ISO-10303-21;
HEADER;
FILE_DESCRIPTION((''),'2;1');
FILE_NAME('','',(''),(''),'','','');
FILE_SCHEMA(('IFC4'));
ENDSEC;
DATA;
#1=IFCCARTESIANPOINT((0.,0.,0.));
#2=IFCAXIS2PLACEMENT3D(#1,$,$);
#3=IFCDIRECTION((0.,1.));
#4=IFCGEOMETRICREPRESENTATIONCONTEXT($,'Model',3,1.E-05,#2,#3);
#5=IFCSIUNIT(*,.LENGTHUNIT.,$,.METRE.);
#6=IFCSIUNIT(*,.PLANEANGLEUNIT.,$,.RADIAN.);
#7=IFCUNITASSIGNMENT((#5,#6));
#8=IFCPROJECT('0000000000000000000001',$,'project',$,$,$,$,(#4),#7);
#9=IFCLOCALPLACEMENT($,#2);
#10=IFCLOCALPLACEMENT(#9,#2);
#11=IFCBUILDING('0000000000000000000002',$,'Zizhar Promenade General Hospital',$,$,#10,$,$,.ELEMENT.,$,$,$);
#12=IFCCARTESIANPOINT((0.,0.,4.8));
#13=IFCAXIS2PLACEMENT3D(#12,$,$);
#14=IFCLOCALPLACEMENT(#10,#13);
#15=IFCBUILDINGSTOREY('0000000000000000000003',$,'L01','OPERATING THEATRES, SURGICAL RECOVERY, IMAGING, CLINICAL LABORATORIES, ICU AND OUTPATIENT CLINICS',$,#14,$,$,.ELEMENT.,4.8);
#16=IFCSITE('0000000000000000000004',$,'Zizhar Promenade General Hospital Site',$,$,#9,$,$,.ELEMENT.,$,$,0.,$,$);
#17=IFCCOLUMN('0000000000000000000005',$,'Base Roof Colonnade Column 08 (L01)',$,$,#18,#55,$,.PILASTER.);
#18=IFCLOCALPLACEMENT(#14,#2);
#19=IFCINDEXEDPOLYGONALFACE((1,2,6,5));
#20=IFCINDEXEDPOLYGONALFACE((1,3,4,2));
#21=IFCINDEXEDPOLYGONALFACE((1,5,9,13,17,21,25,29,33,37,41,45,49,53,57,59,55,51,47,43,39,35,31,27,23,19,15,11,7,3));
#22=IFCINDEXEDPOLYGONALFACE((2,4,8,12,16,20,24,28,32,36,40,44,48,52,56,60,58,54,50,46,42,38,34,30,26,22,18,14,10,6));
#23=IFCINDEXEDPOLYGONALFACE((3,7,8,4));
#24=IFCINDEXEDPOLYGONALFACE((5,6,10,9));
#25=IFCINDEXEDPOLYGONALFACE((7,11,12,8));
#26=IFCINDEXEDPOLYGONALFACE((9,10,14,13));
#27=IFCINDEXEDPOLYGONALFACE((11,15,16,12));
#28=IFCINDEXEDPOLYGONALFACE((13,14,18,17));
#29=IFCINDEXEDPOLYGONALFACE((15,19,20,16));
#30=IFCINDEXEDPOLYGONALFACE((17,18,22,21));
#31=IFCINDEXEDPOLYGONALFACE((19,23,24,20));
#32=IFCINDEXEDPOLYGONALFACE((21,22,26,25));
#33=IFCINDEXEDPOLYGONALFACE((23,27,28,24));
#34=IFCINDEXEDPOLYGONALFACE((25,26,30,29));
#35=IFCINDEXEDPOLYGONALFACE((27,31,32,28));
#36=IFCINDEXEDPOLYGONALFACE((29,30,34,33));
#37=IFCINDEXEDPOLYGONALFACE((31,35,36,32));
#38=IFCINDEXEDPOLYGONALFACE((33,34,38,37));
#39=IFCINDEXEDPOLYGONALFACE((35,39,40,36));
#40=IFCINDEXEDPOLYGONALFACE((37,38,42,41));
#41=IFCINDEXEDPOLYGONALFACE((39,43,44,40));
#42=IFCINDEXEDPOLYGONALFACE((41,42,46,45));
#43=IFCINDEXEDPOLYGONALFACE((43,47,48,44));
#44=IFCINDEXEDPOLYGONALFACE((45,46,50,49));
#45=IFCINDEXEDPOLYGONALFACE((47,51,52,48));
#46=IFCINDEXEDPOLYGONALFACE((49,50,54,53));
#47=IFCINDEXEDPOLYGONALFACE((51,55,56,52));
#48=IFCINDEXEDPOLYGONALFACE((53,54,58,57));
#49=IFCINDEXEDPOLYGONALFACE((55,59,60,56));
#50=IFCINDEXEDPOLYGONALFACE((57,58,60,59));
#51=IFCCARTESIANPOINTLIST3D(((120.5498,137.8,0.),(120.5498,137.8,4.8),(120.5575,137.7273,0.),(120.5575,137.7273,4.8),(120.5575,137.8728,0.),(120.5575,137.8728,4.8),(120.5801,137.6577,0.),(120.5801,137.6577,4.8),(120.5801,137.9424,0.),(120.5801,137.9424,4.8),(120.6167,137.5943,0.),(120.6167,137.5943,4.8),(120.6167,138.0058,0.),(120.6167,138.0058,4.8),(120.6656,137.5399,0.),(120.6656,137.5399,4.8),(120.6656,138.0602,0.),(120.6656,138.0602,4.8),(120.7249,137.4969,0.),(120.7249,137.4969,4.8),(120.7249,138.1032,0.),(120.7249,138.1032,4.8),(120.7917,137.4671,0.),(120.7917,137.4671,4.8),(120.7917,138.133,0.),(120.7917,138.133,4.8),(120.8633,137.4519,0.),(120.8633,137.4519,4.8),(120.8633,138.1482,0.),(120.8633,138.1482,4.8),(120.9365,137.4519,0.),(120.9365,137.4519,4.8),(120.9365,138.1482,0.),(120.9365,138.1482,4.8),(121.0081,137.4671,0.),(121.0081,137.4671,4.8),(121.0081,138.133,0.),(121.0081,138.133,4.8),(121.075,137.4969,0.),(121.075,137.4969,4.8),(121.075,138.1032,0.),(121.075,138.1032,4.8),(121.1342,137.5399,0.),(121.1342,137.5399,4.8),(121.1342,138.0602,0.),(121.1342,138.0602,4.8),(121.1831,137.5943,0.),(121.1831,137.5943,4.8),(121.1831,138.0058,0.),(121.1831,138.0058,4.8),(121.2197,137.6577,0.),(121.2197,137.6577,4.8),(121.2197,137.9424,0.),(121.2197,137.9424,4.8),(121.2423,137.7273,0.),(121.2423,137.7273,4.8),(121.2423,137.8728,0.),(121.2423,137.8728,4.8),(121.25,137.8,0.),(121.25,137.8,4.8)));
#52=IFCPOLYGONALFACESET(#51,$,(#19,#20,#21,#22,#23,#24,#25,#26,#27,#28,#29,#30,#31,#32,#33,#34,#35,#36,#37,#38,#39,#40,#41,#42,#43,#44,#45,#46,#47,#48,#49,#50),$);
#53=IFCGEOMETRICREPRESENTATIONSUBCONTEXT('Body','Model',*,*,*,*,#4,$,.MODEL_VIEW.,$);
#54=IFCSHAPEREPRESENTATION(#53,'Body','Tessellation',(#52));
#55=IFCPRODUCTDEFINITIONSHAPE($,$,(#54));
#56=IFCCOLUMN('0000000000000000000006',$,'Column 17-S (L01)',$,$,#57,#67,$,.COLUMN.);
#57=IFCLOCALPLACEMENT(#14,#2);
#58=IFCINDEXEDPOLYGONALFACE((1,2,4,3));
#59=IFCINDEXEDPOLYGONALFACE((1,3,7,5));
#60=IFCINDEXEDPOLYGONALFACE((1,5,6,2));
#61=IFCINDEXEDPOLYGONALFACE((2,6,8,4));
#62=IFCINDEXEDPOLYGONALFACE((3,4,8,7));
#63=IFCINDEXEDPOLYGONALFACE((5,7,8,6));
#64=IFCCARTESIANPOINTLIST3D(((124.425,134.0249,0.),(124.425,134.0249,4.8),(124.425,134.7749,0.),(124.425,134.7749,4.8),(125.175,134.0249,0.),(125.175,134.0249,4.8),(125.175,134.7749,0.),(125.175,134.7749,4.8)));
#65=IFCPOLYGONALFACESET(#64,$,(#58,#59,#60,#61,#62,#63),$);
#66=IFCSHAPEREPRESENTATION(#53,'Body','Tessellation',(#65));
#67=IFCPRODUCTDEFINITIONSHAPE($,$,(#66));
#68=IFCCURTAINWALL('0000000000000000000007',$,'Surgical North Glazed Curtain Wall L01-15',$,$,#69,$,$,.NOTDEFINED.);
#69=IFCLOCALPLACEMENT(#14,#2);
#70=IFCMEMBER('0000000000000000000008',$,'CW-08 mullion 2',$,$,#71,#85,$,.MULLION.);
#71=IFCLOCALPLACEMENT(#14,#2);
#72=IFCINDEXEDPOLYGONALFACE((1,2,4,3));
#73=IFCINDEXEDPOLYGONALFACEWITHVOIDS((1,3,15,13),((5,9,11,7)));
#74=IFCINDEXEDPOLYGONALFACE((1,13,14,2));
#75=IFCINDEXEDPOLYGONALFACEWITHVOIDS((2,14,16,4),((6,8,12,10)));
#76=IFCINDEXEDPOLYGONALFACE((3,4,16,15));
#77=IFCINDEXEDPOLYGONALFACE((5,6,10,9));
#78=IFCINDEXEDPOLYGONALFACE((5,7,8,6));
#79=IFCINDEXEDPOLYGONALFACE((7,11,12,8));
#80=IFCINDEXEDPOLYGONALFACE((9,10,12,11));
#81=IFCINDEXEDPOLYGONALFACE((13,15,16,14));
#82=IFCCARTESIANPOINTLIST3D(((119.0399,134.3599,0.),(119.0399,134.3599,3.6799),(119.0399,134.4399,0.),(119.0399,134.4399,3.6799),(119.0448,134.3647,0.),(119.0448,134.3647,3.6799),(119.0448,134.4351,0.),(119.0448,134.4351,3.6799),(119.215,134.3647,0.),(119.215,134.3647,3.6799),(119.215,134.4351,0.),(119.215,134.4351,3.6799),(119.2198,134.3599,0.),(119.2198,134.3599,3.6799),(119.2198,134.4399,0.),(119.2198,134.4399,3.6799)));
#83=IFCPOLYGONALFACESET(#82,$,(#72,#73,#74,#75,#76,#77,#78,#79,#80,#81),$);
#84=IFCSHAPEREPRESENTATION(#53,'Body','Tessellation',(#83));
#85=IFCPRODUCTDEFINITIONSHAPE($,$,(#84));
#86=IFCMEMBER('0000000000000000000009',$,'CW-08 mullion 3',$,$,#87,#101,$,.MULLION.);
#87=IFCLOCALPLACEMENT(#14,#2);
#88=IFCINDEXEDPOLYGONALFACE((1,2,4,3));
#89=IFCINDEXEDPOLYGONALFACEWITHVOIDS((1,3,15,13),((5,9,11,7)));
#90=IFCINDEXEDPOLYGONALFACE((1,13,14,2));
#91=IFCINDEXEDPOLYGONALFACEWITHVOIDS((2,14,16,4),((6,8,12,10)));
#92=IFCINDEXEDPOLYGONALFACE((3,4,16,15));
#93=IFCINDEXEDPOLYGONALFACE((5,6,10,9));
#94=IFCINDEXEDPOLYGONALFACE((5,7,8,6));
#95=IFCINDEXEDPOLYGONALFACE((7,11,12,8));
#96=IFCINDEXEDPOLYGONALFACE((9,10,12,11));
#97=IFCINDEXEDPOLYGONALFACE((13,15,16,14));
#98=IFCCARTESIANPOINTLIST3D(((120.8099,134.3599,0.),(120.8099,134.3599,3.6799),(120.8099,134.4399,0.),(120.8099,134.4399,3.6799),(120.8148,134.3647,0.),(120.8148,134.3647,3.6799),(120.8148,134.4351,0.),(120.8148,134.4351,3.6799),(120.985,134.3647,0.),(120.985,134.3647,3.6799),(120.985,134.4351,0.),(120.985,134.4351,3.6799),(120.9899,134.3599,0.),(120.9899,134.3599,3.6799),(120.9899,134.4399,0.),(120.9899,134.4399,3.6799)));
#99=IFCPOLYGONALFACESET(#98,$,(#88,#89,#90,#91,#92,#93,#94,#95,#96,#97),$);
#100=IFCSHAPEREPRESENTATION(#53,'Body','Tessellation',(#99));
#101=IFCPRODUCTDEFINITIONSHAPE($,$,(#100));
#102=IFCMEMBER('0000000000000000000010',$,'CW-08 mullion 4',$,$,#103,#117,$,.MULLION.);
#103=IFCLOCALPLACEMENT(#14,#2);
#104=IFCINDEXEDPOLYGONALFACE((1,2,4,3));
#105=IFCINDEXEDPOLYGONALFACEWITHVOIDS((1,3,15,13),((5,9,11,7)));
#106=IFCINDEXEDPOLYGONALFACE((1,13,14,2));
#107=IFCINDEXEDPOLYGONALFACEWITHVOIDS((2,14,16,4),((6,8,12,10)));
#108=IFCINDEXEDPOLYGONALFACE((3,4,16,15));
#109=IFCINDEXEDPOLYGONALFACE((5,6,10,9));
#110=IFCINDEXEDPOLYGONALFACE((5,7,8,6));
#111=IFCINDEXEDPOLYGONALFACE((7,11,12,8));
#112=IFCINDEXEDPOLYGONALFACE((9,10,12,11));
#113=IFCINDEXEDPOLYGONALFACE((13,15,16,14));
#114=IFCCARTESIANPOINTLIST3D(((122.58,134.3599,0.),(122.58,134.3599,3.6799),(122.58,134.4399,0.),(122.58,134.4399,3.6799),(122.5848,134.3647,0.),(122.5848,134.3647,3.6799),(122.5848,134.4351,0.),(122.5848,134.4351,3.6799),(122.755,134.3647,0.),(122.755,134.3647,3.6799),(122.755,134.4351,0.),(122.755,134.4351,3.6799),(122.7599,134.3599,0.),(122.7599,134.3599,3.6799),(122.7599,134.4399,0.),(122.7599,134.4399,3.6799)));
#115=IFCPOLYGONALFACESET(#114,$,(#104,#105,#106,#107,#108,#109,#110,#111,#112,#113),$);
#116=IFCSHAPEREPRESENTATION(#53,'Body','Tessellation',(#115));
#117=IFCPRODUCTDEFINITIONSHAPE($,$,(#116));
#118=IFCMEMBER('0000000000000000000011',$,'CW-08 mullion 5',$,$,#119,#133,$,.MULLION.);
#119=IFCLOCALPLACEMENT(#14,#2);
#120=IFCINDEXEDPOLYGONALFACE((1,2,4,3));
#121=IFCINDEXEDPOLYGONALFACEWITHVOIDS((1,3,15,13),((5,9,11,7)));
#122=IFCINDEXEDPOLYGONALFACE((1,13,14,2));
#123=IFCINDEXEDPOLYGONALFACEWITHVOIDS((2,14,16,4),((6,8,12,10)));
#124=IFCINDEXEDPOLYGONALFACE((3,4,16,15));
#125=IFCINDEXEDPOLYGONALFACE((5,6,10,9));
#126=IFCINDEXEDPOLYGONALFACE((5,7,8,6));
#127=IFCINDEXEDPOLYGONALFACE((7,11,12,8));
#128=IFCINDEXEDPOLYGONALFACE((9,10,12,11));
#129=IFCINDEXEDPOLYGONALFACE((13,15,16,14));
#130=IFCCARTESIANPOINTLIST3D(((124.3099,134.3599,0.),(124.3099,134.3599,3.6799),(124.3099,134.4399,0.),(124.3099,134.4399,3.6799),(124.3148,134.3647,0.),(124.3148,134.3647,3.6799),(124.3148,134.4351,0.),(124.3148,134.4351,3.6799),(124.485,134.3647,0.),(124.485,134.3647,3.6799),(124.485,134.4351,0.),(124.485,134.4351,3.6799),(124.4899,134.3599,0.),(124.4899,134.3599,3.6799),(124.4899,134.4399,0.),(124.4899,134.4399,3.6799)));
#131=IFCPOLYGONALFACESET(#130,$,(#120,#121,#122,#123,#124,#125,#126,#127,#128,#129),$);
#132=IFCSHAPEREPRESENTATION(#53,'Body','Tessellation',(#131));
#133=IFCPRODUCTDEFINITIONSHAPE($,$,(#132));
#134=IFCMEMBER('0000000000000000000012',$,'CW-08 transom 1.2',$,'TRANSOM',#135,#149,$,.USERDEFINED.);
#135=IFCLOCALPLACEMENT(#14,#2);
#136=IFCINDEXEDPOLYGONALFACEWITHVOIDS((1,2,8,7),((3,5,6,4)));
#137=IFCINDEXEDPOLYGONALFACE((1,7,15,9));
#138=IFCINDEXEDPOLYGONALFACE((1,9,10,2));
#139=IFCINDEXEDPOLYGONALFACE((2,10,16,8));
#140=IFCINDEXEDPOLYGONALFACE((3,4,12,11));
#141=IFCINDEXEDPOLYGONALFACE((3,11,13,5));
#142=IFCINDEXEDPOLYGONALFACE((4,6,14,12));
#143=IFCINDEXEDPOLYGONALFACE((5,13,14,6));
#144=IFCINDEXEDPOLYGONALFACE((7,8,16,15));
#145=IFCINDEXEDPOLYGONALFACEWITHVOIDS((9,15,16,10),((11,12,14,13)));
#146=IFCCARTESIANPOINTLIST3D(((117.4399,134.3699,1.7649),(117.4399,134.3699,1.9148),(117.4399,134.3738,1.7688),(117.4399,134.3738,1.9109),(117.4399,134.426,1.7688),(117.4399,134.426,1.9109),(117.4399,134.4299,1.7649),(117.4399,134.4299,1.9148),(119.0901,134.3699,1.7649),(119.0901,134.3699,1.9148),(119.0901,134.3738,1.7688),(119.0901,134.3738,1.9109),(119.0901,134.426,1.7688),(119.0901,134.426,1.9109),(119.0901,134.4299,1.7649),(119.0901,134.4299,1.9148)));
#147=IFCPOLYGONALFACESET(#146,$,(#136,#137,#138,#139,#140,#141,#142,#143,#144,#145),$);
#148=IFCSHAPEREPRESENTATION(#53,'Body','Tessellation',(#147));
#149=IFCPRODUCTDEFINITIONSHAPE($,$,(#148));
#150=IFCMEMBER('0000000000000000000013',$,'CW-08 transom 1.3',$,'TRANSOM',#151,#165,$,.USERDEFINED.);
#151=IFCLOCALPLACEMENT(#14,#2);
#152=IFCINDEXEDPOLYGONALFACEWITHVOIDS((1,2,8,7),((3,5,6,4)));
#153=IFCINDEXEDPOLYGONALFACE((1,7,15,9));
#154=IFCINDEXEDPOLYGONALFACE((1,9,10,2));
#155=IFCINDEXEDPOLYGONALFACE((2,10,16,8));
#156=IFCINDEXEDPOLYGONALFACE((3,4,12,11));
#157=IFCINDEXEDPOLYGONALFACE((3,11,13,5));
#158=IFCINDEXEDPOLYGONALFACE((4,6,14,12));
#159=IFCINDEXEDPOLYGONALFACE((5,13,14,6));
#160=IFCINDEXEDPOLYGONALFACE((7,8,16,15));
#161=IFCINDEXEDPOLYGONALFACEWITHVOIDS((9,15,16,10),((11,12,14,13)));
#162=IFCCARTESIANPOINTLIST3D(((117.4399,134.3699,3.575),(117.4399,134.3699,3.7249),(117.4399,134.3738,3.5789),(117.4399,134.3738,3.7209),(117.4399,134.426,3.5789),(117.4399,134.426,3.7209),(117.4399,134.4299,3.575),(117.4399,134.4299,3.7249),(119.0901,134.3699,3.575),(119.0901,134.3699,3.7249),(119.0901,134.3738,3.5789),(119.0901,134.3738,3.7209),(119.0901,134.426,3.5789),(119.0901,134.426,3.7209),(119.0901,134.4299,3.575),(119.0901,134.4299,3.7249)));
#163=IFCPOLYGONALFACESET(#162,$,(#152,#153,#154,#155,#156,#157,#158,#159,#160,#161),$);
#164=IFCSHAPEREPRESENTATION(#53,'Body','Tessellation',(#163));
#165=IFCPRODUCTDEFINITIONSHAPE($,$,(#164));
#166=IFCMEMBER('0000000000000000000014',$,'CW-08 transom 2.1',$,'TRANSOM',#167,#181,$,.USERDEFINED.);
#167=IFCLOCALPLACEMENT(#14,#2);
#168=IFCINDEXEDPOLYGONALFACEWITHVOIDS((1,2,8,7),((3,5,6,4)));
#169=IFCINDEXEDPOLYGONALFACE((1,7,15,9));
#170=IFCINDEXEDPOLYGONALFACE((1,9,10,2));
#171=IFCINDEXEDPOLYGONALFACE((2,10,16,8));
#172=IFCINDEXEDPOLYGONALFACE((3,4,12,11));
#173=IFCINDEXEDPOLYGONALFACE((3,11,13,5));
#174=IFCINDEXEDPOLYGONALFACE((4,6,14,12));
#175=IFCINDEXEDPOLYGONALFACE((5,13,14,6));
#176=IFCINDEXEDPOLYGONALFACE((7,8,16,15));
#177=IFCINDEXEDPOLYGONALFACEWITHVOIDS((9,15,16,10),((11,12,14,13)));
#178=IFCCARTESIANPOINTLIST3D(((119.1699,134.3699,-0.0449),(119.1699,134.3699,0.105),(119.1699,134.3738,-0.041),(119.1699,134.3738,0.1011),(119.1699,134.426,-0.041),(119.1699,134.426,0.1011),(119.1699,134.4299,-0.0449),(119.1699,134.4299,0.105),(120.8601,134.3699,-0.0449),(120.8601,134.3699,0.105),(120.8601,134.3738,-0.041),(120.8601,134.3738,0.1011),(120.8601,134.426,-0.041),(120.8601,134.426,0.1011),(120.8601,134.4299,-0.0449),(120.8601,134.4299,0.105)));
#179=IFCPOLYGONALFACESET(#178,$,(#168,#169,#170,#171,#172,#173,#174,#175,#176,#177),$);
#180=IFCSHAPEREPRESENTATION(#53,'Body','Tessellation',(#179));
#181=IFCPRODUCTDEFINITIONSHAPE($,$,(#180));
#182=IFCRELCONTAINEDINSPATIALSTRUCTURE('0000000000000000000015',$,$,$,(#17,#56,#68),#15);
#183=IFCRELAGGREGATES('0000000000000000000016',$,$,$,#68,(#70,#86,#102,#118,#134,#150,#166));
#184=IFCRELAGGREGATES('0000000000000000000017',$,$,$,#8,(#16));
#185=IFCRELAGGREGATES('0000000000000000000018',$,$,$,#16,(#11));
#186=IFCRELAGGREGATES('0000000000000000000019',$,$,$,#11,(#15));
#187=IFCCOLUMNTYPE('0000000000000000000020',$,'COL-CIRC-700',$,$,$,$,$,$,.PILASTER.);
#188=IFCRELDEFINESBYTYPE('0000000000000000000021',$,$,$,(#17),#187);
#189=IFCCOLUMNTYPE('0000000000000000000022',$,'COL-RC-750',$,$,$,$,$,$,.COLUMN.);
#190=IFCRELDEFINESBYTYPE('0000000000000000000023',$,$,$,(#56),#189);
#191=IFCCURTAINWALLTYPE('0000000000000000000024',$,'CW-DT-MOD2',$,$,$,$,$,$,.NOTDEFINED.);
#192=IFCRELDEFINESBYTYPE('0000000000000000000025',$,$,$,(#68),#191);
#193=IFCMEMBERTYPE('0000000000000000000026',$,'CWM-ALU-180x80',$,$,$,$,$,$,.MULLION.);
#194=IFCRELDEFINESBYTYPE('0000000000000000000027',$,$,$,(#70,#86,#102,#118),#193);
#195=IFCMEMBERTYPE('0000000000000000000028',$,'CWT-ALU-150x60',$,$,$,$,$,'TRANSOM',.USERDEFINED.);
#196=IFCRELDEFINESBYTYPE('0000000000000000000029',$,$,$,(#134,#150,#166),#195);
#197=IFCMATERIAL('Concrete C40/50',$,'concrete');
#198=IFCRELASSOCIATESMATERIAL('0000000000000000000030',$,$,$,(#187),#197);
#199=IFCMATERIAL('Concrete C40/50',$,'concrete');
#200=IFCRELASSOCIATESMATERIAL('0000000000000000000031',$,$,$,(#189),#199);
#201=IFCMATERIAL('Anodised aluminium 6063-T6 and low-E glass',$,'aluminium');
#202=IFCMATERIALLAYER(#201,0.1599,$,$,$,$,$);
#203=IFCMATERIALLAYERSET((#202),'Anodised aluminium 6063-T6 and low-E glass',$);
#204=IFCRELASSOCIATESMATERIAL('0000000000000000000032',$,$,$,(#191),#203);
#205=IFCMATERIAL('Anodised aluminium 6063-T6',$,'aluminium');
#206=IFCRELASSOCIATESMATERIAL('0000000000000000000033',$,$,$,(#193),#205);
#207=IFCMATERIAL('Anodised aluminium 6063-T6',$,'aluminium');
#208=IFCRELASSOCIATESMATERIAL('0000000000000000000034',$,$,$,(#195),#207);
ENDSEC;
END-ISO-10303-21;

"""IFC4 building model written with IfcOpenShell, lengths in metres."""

from ifc_helpers import new_model, si_unit, direction, frame, origin, origin_2d, place, context, subcontext, project, spatial, rectangle, hollow_rectangle, circle, extrude, material, layer, layer_set, material_profile, profile_set, type_object, element, aggregate, save


model = new_model("IFC4")

# Units and contexts
model_context = context("Model", 3, precision=1e-05, world=origin(), true_north=direction((0.0, 1.0)))
body_context = subcontext(model_context, "Body", "Model", "MODEL_VIEW")
ifc_project = project(units=[si_unit("LENGTHUNIT", "METRE"), si_unit("PLANEANGLEUNIT", "RADIAN")], contexts=[model_context])

# Site, building, storey
site_placement = place(None, origin())
site = spatial("IfcSite", under=ifc_project, at=site_placement, Name="Zizhar Promenade General Hospital Site", CompositionType="ELEMENT", RefElevation=0.0)
building_placement = place(site_placement, origin())
building = spatial("IfcBuilding", under=site, at=building_placement, Name="Zizhar Promenade General Hospital", CompositionType="ELEMENT")
storey_placement = place(building_placement, frame((0.0, 0.0, 4.8)))
storey = spatial("IfcBuildingStorey", under=building, at=storey_placement, Name="L01", Description="OPERATING THEATRES, SURGICAL RECOVERY, IMAGING, CLINICAL LABORATORIES, ICU AND OUTPATIENT CLINICS", CompositionType="ELEMENT", Elevation=4.8)

# Columns
ifc_material_1 = material(Name="Concrete C40/50", Category="concrete")
ifc_material_profile_1 = material_profile(ifc_material_1, circle(Radius=0.3501, at=origin_2d()))
ifc_profile_set_1 = profile_set([ifc_material_profile_1], Name="Concrete C40/50")
column_type_1 = type_object("IfcColumnType", Name="COL-CIRC-700", PredefinedType="PILASTER", material=ifc_profile_set_1)
column_1_placement = place(storey_placement, frame((120.8999, 137.8, 0.0), z_axis=(0.0, 0.0, 1.0), x_axis=(1.0, 0.0, 0.0)))
element("IfcColumn", 1, at=column_1_placement, inside=storey, type_object=column_type_1, Name="Base Roof Colonnade Column 08 (L01)", PredefinedType="PILASTER", context=body_context, shape_type="SweptSolid", body=[
    extrude(circle(Radius=0.3501, at=origin_2d()), origin(), (0.0, 0.0, 1.0), 4.8),
])
ifc_material_2 = material(Name="Concrete C40/50", Category="concrete")
ifc_material_profile_2 = material_profile(ifc_material_2, rectangle(XDim=0.75, YDim=0.75, at=origin_2d()))
ifc_profile_set_2 = profile_set([ifc_material_profile_2], Name="Concrete C40/50")
column_type_2 = type_object("IfcColumnType", Name="COL-RC-750", PredefinedType="COLUMN", material=ifc_profile_set_2)
column_2_placement = place(storey_placement, frame((124.8, 134.3999, 0.0), z_axis=(0.0, 0.0, 1.0), x_axis=(1.0, 0.0, 0.0)))
element("IfcColumn", 2, at=column_2_placement, inside=storey, type_object=column_type_2, Name="Column 17-S (L01)", PredefinedType="COLUMN", context=body_context, shape_type="SweptSolid", body=[
    extrude(rectangle(XDim=0.75, YDim=0.75, at=origin_2d()), origin(), (0.0, 0.0, 1.0), 4.8),
])

# Curtain wall, members
ifc_material_3 = material(Name="Anodised aluminium 6063-T6 and low-E glass", Category="aluminium")
ifc_layer_1 = layer(ifc_material_3, 0.1599)
ifc_layer_set_1 = layer_set([ifc_layer_1], Name="Anodised aluminium 6063-T6 and low-E glass")
curtain_wall_type = type_object("IfcCurtainWallType", Name="CW-DT-MOD2", PredefinedType="NOTDEFINED", material=ifc_layer_set_1)
curtain_wall_placement = place(storey_placement, origin())
curtain_wall = element("IfcCurtainWall", 3, at=curtain_wall_placement, inside=storey, type_object=curtain_wall_type, Name="Surgical North Glazed Curtain Wall L01-15", PredefinedType="NOTDEFINED")
ifc_material_4 = material(Name="Anodised aluminium 6063-T6", Category="aluminium")
ifc_material_profile_3 = material_profile(ifc_material_4, hollow_rectangle(XDim=0.0801, YDim=0.1799, WallThickness=0.0049, at=origin_2d()))
ifc_profile_set_3 = profile_set([ifc_material_profile_3], Name="Anodised aluminium 6063-T6")
member_type_1 = type_object("IfcMemberType", Name="CWM-ALU-180x80", PredefinedType="MULLION", material=ifc_profile_set_3)
member_1_placement = place(storey_placement, frame((119.1299, 134.3999, 0.0), z_axis=(0.0, 0.0, 1.0), x_axis=(0.0, 1.0, 0.0)))
member_1 = element("IfcMember", 4, at=member_1_placement, type_object=member_type_1, Name="CW-08 mullion 2", PredefinedType="MULLION", context=body_context, shape_type="SweptSolid", body=[
    extrude(hollow_rectangle(XDim=0.0801, YDim=0.1799, WallThickness=0.0049, at=origin_2d()), origin(), (0.0, 0.0, 1.0), 3.6799),
])
member_2_placement = place(storey_placement, frame((120.8999, 134.3999, 0.0), z_axis=(0.0, 0.0, 1.0), x_axis=(0.0, 1.0, 0.0)))
member_2 = element("IfcMember", 5, at=member_2_placement, type_object=member_type_1, Name="CW-08 mullion 3", PredefinedType="MULLION", context=body_context, shape_type="SweptSolid", body=[
    extrude(hollow_rectangle(XDim=0.0801, YDim=0.1799, WallThickness=0.0049, at=origin_2d()), origin(), (0.0, 0.0, 1.0), 3.6799),
])
member_3_placement = place(storey_placement, frame((122.6699, 134.3999, 0.0), z_axis=(0.0, 0.0, 1.0), x_axis=(0.0, 1.0, 0.0)))
member_3 = element("IfcMember", 6, at=member_3_placement, type_object=member_type_1, Name="CW-08 mullion 4", PredefinedType="MULLION", context=body_context, shape_type="SweptSolid", body=[
    extrude(hollow_rectangle(XDim=0.0801, YDim=0.1799, WallThickness=0.0049, at=origin_2d()), origin(), (0.0, 0.0, 1.0), 3.6799),
])
member_4_placement = place(storey_placement, frame((124.3999, 134.3999, 0.0), z_axis=(0.0, 0.0, 1.0), x_axis=(0.0, 1.0, 0.0)))
member_4 = element("IfcMember", 7, at=member_4_placement, type_object=member_type_1, Name="CW-08 mullion 5", PredefinedType="MULLION", context=body_context, shape_type="SweptSolid", body=[
    extrude(hollow_rectangle(XDim=0.0801, YDim=0.1799, WallThickness=0.0049, at=origin_2d()), origin(), (0.0, 0.0, 1.0), 3.6799),
])
ifc_material_5 = material(Name="Anodised aluminium 6063-T6", Category="aluminium")
ifc_material_profile_4 = material_profile(ifc_material_5, hollow_rectangle(XDim=0.0601, YDim=0.1499, WallThickness=0.0039, at=origin_2d()))
ifc_profile_set_4 = profile_set([ifc_material_profile_4], Name="Anodised aluminium 6063-T6")
member_type_2 = type_object("IfcMemberType", Name="CWT-ALU-150x60", ElementType="TRANSOM", PredefinedType="USERDEFINED", material=ifc_profile_set_4)
member_5_placement = place(storey_placement, frame((117.4399, 134.3999, 1.8398), z_axis=(1.0, 0.0, 0.0), x_axis=(0.0, 1.0, 0.0)))
member_5 = element("IfcMember", 8, at=member_5_placement, type_object=member_type_2, Name="CW-08 transom 1.2", ObjectType="TRANSOM", PredefinedType="USERDEFINED", context=body_context, shape_type="SweptSolid", body=[
    extrude(hollow_rectangle(XDim=0.0601, YDim=0.1499, WallThickness=0.0039, at=origin_2d()), origin(), (0.0, 0.0, 1.0), 1.6501),
])
member_6_placement = place(storey_placement, frame((117.4399, 134.3999, 3.6499), z_axis=(1.0, 0.0, 0.0), x_axis=(0.0, 1.0, 0.0)))
member_6 = element("IfcMember", 9, at=member_6_placement, type_object=member_type_2, Name="CW-08 transom 1.3", ObjectType="TRANSOM", PredefinedType="USERDEFINED", context=body_context, shape_type="SweptSolid", body=[
    extrude(hollow_rectangle(XDim=0.0601, YDim=0.1499, WallThickness=0.0039, at=origin_2d()), origin(), (0.0, 0.0, 1.0), 1.6501),
])
member_7_placement = place(storey_placement, frame((119.1699, 134.3999, 0.03), z_axis=(1.0, 0.0, 0.0), x_axis=(0.0, 1.0, 0.0)))
member_7 = element("IfcMember", 10, at=member_7_placement, type_object=member_type_2, Name="CW-08 transom 2.1", ObjectType="TRANSOM", PredefinedType="USERDEFINED", context=body_context, shape_type="SweptSolid", body=[
    extrude(hollow_rectangle(XDim=0.0601, YDim=0.1499, WallThickness=0.0039, at=origin_2d()), origin(), (0.0, 0.0, 1.0), 1.6902),
])
aggregate(curtain_wall, [member_1, member_2, member_3, member_4, member_5, member_6, member_7])

save(model, "model.ifc")
